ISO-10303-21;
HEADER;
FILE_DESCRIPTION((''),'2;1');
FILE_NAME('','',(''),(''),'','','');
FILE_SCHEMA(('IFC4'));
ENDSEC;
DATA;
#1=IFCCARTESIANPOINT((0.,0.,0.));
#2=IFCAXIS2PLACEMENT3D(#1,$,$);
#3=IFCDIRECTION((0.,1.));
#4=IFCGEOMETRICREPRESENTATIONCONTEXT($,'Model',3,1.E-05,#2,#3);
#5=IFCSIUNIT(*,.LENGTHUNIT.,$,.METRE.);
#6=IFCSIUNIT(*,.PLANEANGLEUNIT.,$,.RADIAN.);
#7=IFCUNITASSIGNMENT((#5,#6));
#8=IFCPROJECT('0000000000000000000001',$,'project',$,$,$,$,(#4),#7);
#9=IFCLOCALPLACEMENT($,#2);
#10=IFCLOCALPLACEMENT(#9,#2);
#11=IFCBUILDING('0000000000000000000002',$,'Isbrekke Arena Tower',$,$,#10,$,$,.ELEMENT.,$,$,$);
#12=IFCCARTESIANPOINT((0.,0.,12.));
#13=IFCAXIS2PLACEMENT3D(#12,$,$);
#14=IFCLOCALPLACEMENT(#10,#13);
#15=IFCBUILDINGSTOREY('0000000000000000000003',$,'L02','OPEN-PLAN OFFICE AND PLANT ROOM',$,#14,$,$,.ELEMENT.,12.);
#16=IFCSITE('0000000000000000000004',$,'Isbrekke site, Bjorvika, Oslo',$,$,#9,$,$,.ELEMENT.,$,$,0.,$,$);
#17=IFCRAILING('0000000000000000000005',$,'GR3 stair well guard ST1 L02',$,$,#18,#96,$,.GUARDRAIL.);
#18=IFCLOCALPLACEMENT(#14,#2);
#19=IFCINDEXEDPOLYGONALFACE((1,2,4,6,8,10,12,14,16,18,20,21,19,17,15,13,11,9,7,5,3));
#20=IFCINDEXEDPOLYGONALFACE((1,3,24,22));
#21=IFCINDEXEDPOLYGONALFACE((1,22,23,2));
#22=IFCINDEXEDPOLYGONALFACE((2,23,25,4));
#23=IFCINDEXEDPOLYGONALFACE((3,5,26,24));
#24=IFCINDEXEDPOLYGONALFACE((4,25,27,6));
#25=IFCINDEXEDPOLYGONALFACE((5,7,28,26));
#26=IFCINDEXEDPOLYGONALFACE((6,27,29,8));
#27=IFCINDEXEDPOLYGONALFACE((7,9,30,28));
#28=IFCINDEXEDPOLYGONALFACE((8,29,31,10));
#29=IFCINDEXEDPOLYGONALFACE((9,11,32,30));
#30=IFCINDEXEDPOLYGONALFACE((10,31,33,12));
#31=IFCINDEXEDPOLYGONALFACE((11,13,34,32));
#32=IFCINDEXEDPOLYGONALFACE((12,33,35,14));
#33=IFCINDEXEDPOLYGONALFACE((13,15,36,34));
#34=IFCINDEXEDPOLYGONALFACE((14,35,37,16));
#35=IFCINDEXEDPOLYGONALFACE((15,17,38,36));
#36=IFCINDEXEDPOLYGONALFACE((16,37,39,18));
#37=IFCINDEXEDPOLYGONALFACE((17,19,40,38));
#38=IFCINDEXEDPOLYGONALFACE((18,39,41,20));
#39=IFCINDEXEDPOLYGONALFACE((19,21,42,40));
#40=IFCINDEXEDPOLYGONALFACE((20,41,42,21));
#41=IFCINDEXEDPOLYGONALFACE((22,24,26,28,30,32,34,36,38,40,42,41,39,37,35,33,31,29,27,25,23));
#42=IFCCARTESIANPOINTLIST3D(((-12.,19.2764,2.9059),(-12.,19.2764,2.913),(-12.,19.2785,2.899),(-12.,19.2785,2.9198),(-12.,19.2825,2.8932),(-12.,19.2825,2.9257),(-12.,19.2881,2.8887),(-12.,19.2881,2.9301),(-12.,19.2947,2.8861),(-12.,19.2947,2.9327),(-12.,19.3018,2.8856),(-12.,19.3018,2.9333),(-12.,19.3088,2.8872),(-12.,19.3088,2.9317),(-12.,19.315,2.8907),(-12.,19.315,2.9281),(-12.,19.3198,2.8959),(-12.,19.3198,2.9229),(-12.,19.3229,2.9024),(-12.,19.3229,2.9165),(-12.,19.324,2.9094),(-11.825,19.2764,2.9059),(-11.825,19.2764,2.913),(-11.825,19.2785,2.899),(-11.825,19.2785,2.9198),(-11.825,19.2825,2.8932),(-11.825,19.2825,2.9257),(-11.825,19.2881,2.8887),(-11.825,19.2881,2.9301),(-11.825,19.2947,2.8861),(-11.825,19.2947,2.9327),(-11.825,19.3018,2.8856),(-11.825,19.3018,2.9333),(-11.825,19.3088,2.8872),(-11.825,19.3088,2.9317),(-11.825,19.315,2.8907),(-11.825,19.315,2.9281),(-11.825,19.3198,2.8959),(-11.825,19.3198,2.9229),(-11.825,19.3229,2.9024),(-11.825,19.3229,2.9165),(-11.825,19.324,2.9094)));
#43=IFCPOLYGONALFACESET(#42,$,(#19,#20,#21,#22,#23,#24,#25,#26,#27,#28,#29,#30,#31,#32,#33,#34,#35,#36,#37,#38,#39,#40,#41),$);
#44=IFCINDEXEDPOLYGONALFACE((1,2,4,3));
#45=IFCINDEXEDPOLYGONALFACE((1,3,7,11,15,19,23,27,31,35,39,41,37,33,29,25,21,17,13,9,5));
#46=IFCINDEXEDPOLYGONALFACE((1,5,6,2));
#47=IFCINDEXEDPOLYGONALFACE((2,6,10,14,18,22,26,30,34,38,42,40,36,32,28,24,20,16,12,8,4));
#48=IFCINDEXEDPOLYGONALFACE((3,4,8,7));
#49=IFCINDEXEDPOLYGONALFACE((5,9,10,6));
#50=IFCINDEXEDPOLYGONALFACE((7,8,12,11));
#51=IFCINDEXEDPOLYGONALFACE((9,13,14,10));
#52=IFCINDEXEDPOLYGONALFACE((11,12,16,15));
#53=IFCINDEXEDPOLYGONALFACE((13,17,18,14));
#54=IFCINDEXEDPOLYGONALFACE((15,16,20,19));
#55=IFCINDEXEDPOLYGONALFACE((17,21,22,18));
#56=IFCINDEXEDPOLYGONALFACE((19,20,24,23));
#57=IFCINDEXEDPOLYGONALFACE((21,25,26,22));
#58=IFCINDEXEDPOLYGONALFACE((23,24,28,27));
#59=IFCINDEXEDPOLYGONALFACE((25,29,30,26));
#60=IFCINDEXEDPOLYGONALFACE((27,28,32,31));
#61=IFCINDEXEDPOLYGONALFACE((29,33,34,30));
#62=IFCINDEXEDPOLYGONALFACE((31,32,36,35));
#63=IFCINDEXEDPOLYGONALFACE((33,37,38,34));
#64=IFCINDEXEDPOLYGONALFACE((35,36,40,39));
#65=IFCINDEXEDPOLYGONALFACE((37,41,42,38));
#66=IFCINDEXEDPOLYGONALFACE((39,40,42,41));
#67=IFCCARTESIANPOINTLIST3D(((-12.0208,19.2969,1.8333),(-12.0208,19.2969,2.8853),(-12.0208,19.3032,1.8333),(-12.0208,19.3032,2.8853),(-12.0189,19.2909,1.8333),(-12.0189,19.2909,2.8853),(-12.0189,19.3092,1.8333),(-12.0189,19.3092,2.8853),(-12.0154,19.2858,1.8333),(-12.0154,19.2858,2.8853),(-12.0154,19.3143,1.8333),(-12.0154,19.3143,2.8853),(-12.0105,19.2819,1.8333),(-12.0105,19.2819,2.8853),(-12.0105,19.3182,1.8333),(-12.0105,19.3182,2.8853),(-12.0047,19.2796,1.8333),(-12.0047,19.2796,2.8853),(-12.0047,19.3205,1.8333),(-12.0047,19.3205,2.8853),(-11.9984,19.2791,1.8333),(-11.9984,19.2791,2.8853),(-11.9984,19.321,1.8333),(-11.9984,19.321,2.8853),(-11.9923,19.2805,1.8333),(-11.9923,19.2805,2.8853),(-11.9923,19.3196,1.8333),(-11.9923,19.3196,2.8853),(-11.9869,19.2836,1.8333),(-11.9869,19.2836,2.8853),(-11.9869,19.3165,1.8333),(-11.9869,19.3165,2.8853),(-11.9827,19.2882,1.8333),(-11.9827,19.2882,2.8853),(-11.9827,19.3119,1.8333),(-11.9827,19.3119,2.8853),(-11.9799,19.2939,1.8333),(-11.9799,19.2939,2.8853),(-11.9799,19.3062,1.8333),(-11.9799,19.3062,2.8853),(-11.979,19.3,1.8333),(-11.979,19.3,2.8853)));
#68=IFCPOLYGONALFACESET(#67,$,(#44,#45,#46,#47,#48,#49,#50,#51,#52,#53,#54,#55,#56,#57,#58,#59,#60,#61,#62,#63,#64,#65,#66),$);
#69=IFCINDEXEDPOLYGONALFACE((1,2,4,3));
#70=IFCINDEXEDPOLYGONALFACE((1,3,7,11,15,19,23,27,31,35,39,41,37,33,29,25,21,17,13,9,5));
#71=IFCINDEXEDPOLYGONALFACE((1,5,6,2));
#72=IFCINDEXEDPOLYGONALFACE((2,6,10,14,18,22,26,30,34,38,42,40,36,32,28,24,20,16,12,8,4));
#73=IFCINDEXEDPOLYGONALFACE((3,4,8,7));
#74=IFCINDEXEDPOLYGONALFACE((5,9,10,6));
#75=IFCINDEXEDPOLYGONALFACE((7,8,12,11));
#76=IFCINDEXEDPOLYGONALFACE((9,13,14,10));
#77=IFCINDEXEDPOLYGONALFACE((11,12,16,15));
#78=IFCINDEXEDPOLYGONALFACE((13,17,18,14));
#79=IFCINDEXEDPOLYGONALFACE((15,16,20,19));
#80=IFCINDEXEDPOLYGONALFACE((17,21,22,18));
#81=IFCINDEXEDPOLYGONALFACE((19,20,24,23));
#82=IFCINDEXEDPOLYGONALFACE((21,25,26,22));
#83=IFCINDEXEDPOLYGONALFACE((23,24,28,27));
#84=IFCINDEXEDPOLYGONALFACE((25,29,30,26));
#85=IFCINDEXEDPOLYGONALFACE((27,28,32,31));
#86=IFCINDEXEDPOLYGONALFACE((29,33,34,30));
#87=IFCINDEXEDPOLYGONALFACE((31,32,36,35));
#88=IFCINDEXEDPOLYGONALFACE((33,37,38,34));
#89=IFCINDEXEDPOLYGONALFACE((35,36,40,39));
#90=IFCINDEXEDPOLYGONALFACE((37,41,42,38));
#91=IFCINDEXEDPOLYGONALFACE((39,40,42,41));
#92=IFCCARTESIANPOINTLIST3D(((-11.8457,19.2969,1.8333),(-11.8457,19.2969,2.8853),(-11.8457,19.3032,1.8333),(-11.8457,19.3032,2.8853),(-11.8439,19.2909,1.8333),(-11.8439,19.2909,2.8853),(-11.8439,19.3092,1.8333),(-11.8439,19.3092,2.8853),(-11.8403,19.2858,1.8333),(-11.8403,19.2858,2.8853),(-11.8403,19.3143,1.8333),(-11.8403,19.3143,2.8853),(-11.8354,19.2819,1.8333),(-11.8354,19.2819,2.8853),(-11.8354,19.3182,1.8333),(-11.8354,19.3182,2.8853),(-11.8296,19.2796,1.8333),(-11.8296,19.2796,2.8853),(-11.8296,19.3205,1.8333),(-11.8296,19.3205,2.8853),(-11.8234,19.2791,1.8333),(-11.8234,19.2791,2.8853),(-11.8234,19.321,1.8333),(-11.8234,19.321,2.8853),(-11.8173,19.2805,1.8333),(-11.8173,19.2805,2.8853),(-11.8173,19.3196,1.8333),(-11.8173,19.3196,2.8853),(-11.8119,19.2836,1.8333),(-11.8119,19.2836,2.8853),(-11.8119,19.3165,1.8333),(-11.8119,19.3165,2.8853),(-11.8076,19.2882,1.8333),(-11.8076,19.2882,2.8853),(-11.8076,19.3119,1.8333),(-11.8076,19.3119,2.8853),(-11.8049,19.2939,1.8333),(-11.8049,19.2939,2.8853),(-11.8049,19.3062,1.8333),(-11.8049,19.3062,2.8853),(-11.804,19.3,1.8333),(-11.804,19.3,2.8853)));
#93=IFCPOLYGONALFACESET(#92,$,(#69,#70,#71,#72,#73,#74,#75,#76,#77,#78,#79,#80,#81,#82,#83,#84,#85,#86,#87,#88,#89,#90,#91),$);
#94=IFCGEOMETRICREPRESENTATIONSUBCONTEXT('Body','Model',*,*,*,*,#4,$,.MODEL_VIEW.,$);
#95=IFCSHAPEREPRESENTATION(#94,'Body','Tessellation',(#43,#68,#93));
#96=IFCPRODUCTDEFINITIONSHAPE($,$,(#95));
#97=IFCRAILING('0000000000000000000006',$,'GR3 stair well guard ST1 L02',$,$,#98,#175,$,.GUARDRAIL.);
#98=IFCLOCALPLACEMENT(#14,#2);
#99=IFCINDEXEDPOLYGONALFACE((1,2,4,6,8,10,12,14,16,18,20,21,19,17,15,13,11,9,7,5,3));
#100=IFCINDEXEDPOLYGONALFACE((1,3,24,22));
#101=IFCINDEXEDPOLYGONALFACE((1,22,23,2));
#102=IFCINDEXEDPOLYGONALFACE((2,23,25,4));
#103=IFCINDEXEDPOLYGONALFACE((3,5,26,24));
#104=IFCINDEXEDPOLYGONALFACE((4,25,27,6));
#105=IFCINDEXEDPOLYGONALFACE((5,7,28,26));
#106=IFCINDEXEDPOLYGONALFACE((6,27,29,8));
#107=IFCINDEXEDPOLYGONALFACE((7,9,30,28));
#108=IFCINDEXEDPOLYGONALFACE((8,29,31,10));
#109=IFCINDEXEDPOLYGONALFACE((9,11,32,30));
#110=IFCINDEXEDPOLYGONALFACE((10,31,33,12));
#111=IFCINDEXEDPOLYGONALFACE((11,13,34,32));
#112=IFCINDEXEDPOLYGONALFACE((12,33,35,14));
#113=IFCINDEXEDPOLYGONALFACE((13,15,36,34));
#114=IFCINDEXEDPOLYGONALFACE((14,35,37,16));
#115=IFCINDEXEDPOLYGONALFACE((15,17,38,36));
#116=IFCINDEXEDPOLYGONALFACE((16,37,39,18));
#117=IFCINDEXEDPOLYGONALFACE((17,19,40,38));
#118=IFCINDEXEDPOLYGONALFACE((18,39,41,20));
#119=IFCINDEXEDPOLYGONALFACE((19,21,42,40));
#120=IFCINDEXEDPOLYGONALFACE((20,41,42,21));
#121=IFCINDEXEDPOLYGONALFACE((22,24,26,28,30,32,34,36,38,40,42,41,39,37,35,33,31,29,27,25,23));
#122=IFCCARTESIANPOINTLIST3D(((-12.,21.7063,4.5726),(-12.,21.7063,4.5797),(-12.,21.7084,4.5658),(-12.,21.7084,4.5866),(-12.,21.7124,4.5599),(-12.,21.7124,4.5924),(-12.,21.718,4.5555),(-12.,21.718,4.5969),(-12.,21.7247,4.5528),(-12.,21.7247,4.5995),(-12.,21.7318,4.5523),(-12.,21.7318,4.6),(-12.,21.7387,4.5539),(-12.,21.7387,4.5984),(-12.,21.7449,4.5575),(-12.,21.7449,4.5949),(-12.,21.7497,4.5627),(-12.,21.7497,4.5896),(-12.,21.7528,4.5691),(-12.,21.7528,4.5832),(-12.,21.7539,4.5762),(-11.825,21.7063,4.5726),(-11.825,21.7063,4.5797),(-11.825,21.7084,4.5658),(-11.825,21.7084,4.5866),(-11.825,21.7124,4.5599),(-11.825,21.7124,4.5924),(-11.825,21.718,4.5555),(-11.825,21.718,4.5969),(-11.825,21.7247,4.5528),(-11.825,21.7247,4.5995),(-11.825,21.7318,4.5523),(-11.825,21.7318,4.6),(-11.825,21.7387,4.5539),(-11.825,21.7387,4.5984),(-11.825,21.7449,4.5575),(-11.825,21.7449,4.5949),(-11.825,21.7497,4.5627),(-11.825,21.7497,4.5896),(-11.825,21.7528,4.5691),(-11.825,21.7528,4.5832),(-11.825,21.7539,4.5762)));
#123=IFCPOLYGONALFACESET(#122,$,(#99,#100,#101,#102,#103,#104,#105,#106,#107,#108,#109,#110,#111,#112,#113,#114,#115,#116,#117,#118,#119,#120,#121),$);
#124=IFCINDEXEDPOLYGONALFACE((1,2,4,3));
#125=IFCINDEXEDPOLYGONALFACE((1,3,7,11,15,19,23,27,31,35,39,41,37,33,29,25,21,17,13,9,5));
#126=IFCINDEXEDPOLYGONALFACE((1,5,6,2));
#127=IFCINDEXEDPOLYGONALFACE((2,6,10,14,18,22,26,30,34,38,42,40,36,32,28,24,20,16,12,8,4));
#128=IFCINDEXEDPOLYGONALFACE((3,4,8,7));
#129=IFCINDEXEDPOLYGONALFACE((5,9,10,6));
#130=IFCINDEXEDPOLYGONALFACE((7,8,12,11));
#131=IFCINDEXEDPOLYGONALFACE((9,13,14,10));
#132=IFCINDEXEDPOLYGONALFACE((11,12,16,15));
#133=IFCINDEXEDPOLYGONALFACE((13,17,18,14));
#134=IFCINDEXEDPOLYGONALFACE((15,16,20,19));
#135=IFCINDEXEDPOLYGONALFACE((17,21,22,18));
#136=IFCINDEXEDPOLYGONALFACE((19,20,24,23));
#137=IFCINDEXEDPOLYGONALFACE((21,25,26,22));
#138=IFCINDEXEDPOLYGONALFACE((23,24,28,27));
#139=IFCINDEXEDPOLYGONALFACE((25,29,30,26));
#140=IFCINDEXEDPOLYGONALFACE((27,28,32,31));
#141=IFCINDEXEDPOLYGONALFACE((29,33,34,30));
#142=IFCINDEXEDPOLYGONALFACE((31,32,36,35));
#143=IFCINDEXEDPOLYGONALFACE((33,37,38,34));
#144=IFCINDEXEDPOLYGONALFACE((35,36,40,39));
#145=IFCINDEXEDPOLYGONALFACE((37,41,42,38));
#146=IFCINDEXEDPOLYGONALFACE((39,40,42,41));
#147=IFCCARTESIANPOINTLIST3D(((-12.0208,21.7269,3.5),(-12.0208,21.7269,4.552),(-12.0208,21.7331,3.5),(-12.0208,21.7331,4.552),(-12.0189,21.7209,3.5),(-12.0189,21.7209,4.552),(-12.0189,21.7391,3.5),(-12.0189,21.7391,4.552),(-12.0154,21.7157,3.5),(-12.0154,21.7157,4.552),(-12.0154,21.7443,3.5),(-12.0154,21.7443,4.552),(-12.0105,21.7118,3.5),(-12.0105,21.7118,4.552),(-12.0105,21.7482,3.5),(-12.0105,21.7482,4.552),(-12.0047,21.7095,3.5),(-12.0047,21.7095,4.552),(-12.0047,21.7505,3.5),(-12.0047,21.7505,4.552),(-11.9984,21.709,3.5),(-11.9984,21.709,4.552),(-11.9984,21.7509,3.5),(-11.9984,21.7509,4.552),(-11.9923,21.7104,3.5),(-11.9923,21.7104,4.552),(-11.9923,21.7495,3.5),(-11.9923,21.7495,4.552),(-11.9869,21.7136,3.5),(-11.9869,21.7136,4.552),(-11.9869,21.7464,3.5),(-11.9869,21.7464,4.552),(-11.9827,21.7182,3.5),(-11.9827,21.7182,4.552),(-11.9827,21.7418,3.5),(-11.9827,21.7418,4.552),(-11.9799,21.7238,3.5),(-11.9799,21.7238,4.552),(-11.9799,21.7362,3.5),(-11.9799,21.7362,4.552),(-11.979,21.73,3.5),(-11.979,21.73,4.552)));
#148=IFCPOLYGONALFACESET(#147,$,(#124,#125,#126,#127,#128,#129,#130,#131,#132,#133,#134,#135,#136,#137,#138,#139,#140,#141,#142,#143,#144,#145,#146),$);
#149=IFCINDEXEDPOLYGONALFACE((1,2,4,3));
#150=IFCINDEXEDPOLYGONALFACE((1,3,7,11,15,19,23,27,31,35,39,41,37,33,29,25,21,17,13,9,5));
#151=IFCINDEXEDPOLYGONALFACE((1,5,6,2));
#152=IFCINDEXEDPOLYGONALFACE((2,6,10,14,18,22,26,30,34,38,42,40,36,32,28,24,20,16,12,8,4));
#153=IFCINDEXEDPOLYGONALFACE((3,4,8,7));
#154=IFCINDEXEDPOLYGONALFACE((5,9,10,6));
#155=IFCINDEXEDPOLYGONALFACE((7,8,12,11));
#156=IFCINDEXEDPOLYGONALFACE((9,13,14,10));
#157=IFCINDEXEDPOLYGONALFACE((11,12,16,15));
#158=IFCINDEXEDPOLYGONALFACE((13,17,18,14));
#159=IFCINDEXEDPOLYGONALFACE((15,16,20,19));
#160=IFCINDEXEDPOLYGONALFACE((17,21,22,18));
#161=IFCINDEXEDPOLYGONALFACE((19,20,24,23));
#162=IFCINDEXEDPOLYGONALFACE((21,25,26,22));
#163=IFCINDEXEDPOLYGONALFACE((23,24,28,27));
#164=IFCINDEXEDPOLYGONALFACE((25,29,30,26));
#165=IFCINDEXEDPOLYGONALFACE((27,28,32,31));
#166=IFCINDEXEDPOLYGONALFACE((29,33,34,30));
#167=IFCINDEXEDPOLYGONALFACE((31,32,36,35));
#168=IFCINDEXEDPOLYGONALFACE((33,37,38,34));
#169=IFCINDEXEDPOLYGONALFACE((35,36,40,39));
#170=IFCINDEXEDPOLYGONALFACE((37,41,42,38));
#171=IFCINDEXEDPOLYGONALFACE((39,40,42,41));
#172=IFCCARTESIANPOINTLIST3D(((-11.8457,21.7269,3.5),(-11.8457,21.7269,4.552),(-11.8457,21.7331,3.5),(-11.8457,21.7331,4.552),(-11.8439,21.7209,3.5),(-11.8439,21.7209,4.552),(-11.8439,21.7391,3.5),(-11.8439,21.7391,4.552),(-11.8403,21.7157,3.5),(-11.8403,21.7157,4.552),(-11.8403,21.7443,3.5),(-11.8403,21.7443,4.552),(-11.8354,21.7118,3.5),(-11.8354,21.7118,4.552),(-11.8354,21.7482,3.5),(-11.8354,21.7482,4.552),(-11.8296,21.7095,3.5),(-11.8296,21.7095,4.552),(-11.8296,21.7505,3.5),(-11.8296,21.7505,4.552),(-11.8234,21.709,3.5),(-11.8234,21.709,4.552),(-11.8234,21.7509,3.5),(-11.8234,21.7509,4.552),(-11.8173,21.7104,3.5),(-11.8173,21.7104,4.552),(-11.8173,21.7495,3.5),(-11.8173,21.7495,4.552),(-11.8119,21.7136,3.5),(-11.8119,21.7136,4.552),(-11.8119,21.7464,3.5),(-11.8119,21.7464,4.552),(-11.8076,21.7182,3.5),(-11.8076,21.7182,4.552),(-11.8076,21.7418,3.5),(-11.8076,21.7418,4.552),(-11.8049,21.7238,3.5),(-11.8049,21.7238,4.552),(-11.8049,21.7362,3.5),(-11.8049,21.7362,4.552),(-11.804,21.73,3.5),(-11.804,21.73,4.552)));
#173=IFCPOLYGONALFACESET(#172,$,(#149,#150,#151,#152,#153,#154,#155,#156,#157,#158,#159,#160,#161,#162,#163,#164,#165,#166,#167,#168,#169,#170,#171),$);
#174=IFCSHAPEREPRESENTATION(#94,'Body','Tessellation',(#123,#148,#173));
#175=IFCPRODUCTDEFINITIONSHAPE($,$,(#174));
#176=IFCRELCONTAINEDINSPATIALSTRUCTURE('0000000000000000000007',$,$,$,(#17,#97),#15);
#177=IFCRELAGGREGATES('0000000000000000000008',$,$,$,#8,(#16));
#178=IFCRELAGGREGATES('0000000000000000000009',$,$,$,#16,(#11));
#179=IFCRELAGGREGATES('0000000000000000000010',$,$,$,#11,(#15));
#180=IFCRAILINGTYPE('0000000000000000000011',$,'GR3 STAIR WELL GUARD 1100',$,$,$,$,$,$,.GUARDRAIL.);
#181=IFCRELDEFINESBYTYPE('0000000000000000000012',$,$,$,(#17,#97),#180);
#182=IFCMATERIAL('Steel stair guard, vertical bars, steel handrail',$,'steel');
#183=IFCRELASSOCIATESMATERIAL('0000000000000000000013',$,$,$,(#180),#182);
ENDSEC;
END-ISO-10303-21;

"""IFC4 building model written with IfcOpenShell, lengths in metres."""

from ifc_helpers import new_model, si_unit, direction, frame, origin, origin_2d, place, context, subcontext, project, spatial, circle, extrude, material, type_object, element, save


model = new_model("IFC4")

# Units and contexts
model_context = context("Model", 3, precision=1e-05, world=origin(), true_north=direction((0.0, 1.0)))
body_context = subcontext(model_context, "Body", "Model", "MODEL_VIEW")
ifc_project = project(units=[si_unit("LENGTHUNIT", "METRE"), si_unit("PLANEANGLEUNIT", "RADIAN")], contexts=[model_context])

# Site, building, storey
site_placement = place(None, origin())
site = spatial("IfcSite", under=ifc_project, at=site_placement, Name="Isbrekke site, Bjorvika, Oslo", CompositionType="ELEMENT", RefElevation=0.0)
building_placement = place(site_placement, origin())
building = spatial("IfcBuilding", under=site, at=building_placement, Name="Isbrekke Arena Tower", CompositionType="ELEMENT")
storey_placement = place(building_placement, frame((0.0, 0.0, 12.0)))
storey = spatial("IfcBuildingStorey", under=building, at=storey_placement, Name="L02", Description="OPEN-PLAN OFFICE AND PLANT ROOM", CompositionType="ELEMENT", Elevation=12.0)

# Railings
ifc_material_1 = material(Name="Steel stair guard, vertical bars, steel handrail", Category="steel")
railing_type = type_object("IfcRailingType", Name="GR3 STAIR WELL GUARD 1100", PredefinedType="GUARDRAIL", material=ifc_material_1)
for number, where, name in (
    (1, (-12.0, 19.3, 1.8333), "GR3 stair well guard ST1 L02"),
    (2, (-12.0, 21.73, 3.5), "GR3 stair well guard ST1 L02"),
):
    element("IfcRailing", number, at=place(storey_placement, frame(where)), inside=storey, type_object=railing_type, Name=name, PredefinedType="GUARDRAIL", context=body_context, shape_type="SweptSolid", body=[
        extrude(circle(Radius=0.0239, at=origin_2d()), frame((0.0, 0.0, 1.0762), z_axis=(1.0, 0.0, 0.0), x_axis=(0.0, 1.0, 0.0)), (0.0, 0.0, 1.0), 0.175),
        extrude(circle(Radius=0.021, at=origin_2d()), origin(), (0.0, 0.0, 1.0), 1.052),
        extrude(circle(Radius=0.021, at=origin_2d()), frame((0.175, 0.0, 0.0)), (0.0, 0.0, 1.0), 1.052),
    ])

save(model, "model.ifc")
